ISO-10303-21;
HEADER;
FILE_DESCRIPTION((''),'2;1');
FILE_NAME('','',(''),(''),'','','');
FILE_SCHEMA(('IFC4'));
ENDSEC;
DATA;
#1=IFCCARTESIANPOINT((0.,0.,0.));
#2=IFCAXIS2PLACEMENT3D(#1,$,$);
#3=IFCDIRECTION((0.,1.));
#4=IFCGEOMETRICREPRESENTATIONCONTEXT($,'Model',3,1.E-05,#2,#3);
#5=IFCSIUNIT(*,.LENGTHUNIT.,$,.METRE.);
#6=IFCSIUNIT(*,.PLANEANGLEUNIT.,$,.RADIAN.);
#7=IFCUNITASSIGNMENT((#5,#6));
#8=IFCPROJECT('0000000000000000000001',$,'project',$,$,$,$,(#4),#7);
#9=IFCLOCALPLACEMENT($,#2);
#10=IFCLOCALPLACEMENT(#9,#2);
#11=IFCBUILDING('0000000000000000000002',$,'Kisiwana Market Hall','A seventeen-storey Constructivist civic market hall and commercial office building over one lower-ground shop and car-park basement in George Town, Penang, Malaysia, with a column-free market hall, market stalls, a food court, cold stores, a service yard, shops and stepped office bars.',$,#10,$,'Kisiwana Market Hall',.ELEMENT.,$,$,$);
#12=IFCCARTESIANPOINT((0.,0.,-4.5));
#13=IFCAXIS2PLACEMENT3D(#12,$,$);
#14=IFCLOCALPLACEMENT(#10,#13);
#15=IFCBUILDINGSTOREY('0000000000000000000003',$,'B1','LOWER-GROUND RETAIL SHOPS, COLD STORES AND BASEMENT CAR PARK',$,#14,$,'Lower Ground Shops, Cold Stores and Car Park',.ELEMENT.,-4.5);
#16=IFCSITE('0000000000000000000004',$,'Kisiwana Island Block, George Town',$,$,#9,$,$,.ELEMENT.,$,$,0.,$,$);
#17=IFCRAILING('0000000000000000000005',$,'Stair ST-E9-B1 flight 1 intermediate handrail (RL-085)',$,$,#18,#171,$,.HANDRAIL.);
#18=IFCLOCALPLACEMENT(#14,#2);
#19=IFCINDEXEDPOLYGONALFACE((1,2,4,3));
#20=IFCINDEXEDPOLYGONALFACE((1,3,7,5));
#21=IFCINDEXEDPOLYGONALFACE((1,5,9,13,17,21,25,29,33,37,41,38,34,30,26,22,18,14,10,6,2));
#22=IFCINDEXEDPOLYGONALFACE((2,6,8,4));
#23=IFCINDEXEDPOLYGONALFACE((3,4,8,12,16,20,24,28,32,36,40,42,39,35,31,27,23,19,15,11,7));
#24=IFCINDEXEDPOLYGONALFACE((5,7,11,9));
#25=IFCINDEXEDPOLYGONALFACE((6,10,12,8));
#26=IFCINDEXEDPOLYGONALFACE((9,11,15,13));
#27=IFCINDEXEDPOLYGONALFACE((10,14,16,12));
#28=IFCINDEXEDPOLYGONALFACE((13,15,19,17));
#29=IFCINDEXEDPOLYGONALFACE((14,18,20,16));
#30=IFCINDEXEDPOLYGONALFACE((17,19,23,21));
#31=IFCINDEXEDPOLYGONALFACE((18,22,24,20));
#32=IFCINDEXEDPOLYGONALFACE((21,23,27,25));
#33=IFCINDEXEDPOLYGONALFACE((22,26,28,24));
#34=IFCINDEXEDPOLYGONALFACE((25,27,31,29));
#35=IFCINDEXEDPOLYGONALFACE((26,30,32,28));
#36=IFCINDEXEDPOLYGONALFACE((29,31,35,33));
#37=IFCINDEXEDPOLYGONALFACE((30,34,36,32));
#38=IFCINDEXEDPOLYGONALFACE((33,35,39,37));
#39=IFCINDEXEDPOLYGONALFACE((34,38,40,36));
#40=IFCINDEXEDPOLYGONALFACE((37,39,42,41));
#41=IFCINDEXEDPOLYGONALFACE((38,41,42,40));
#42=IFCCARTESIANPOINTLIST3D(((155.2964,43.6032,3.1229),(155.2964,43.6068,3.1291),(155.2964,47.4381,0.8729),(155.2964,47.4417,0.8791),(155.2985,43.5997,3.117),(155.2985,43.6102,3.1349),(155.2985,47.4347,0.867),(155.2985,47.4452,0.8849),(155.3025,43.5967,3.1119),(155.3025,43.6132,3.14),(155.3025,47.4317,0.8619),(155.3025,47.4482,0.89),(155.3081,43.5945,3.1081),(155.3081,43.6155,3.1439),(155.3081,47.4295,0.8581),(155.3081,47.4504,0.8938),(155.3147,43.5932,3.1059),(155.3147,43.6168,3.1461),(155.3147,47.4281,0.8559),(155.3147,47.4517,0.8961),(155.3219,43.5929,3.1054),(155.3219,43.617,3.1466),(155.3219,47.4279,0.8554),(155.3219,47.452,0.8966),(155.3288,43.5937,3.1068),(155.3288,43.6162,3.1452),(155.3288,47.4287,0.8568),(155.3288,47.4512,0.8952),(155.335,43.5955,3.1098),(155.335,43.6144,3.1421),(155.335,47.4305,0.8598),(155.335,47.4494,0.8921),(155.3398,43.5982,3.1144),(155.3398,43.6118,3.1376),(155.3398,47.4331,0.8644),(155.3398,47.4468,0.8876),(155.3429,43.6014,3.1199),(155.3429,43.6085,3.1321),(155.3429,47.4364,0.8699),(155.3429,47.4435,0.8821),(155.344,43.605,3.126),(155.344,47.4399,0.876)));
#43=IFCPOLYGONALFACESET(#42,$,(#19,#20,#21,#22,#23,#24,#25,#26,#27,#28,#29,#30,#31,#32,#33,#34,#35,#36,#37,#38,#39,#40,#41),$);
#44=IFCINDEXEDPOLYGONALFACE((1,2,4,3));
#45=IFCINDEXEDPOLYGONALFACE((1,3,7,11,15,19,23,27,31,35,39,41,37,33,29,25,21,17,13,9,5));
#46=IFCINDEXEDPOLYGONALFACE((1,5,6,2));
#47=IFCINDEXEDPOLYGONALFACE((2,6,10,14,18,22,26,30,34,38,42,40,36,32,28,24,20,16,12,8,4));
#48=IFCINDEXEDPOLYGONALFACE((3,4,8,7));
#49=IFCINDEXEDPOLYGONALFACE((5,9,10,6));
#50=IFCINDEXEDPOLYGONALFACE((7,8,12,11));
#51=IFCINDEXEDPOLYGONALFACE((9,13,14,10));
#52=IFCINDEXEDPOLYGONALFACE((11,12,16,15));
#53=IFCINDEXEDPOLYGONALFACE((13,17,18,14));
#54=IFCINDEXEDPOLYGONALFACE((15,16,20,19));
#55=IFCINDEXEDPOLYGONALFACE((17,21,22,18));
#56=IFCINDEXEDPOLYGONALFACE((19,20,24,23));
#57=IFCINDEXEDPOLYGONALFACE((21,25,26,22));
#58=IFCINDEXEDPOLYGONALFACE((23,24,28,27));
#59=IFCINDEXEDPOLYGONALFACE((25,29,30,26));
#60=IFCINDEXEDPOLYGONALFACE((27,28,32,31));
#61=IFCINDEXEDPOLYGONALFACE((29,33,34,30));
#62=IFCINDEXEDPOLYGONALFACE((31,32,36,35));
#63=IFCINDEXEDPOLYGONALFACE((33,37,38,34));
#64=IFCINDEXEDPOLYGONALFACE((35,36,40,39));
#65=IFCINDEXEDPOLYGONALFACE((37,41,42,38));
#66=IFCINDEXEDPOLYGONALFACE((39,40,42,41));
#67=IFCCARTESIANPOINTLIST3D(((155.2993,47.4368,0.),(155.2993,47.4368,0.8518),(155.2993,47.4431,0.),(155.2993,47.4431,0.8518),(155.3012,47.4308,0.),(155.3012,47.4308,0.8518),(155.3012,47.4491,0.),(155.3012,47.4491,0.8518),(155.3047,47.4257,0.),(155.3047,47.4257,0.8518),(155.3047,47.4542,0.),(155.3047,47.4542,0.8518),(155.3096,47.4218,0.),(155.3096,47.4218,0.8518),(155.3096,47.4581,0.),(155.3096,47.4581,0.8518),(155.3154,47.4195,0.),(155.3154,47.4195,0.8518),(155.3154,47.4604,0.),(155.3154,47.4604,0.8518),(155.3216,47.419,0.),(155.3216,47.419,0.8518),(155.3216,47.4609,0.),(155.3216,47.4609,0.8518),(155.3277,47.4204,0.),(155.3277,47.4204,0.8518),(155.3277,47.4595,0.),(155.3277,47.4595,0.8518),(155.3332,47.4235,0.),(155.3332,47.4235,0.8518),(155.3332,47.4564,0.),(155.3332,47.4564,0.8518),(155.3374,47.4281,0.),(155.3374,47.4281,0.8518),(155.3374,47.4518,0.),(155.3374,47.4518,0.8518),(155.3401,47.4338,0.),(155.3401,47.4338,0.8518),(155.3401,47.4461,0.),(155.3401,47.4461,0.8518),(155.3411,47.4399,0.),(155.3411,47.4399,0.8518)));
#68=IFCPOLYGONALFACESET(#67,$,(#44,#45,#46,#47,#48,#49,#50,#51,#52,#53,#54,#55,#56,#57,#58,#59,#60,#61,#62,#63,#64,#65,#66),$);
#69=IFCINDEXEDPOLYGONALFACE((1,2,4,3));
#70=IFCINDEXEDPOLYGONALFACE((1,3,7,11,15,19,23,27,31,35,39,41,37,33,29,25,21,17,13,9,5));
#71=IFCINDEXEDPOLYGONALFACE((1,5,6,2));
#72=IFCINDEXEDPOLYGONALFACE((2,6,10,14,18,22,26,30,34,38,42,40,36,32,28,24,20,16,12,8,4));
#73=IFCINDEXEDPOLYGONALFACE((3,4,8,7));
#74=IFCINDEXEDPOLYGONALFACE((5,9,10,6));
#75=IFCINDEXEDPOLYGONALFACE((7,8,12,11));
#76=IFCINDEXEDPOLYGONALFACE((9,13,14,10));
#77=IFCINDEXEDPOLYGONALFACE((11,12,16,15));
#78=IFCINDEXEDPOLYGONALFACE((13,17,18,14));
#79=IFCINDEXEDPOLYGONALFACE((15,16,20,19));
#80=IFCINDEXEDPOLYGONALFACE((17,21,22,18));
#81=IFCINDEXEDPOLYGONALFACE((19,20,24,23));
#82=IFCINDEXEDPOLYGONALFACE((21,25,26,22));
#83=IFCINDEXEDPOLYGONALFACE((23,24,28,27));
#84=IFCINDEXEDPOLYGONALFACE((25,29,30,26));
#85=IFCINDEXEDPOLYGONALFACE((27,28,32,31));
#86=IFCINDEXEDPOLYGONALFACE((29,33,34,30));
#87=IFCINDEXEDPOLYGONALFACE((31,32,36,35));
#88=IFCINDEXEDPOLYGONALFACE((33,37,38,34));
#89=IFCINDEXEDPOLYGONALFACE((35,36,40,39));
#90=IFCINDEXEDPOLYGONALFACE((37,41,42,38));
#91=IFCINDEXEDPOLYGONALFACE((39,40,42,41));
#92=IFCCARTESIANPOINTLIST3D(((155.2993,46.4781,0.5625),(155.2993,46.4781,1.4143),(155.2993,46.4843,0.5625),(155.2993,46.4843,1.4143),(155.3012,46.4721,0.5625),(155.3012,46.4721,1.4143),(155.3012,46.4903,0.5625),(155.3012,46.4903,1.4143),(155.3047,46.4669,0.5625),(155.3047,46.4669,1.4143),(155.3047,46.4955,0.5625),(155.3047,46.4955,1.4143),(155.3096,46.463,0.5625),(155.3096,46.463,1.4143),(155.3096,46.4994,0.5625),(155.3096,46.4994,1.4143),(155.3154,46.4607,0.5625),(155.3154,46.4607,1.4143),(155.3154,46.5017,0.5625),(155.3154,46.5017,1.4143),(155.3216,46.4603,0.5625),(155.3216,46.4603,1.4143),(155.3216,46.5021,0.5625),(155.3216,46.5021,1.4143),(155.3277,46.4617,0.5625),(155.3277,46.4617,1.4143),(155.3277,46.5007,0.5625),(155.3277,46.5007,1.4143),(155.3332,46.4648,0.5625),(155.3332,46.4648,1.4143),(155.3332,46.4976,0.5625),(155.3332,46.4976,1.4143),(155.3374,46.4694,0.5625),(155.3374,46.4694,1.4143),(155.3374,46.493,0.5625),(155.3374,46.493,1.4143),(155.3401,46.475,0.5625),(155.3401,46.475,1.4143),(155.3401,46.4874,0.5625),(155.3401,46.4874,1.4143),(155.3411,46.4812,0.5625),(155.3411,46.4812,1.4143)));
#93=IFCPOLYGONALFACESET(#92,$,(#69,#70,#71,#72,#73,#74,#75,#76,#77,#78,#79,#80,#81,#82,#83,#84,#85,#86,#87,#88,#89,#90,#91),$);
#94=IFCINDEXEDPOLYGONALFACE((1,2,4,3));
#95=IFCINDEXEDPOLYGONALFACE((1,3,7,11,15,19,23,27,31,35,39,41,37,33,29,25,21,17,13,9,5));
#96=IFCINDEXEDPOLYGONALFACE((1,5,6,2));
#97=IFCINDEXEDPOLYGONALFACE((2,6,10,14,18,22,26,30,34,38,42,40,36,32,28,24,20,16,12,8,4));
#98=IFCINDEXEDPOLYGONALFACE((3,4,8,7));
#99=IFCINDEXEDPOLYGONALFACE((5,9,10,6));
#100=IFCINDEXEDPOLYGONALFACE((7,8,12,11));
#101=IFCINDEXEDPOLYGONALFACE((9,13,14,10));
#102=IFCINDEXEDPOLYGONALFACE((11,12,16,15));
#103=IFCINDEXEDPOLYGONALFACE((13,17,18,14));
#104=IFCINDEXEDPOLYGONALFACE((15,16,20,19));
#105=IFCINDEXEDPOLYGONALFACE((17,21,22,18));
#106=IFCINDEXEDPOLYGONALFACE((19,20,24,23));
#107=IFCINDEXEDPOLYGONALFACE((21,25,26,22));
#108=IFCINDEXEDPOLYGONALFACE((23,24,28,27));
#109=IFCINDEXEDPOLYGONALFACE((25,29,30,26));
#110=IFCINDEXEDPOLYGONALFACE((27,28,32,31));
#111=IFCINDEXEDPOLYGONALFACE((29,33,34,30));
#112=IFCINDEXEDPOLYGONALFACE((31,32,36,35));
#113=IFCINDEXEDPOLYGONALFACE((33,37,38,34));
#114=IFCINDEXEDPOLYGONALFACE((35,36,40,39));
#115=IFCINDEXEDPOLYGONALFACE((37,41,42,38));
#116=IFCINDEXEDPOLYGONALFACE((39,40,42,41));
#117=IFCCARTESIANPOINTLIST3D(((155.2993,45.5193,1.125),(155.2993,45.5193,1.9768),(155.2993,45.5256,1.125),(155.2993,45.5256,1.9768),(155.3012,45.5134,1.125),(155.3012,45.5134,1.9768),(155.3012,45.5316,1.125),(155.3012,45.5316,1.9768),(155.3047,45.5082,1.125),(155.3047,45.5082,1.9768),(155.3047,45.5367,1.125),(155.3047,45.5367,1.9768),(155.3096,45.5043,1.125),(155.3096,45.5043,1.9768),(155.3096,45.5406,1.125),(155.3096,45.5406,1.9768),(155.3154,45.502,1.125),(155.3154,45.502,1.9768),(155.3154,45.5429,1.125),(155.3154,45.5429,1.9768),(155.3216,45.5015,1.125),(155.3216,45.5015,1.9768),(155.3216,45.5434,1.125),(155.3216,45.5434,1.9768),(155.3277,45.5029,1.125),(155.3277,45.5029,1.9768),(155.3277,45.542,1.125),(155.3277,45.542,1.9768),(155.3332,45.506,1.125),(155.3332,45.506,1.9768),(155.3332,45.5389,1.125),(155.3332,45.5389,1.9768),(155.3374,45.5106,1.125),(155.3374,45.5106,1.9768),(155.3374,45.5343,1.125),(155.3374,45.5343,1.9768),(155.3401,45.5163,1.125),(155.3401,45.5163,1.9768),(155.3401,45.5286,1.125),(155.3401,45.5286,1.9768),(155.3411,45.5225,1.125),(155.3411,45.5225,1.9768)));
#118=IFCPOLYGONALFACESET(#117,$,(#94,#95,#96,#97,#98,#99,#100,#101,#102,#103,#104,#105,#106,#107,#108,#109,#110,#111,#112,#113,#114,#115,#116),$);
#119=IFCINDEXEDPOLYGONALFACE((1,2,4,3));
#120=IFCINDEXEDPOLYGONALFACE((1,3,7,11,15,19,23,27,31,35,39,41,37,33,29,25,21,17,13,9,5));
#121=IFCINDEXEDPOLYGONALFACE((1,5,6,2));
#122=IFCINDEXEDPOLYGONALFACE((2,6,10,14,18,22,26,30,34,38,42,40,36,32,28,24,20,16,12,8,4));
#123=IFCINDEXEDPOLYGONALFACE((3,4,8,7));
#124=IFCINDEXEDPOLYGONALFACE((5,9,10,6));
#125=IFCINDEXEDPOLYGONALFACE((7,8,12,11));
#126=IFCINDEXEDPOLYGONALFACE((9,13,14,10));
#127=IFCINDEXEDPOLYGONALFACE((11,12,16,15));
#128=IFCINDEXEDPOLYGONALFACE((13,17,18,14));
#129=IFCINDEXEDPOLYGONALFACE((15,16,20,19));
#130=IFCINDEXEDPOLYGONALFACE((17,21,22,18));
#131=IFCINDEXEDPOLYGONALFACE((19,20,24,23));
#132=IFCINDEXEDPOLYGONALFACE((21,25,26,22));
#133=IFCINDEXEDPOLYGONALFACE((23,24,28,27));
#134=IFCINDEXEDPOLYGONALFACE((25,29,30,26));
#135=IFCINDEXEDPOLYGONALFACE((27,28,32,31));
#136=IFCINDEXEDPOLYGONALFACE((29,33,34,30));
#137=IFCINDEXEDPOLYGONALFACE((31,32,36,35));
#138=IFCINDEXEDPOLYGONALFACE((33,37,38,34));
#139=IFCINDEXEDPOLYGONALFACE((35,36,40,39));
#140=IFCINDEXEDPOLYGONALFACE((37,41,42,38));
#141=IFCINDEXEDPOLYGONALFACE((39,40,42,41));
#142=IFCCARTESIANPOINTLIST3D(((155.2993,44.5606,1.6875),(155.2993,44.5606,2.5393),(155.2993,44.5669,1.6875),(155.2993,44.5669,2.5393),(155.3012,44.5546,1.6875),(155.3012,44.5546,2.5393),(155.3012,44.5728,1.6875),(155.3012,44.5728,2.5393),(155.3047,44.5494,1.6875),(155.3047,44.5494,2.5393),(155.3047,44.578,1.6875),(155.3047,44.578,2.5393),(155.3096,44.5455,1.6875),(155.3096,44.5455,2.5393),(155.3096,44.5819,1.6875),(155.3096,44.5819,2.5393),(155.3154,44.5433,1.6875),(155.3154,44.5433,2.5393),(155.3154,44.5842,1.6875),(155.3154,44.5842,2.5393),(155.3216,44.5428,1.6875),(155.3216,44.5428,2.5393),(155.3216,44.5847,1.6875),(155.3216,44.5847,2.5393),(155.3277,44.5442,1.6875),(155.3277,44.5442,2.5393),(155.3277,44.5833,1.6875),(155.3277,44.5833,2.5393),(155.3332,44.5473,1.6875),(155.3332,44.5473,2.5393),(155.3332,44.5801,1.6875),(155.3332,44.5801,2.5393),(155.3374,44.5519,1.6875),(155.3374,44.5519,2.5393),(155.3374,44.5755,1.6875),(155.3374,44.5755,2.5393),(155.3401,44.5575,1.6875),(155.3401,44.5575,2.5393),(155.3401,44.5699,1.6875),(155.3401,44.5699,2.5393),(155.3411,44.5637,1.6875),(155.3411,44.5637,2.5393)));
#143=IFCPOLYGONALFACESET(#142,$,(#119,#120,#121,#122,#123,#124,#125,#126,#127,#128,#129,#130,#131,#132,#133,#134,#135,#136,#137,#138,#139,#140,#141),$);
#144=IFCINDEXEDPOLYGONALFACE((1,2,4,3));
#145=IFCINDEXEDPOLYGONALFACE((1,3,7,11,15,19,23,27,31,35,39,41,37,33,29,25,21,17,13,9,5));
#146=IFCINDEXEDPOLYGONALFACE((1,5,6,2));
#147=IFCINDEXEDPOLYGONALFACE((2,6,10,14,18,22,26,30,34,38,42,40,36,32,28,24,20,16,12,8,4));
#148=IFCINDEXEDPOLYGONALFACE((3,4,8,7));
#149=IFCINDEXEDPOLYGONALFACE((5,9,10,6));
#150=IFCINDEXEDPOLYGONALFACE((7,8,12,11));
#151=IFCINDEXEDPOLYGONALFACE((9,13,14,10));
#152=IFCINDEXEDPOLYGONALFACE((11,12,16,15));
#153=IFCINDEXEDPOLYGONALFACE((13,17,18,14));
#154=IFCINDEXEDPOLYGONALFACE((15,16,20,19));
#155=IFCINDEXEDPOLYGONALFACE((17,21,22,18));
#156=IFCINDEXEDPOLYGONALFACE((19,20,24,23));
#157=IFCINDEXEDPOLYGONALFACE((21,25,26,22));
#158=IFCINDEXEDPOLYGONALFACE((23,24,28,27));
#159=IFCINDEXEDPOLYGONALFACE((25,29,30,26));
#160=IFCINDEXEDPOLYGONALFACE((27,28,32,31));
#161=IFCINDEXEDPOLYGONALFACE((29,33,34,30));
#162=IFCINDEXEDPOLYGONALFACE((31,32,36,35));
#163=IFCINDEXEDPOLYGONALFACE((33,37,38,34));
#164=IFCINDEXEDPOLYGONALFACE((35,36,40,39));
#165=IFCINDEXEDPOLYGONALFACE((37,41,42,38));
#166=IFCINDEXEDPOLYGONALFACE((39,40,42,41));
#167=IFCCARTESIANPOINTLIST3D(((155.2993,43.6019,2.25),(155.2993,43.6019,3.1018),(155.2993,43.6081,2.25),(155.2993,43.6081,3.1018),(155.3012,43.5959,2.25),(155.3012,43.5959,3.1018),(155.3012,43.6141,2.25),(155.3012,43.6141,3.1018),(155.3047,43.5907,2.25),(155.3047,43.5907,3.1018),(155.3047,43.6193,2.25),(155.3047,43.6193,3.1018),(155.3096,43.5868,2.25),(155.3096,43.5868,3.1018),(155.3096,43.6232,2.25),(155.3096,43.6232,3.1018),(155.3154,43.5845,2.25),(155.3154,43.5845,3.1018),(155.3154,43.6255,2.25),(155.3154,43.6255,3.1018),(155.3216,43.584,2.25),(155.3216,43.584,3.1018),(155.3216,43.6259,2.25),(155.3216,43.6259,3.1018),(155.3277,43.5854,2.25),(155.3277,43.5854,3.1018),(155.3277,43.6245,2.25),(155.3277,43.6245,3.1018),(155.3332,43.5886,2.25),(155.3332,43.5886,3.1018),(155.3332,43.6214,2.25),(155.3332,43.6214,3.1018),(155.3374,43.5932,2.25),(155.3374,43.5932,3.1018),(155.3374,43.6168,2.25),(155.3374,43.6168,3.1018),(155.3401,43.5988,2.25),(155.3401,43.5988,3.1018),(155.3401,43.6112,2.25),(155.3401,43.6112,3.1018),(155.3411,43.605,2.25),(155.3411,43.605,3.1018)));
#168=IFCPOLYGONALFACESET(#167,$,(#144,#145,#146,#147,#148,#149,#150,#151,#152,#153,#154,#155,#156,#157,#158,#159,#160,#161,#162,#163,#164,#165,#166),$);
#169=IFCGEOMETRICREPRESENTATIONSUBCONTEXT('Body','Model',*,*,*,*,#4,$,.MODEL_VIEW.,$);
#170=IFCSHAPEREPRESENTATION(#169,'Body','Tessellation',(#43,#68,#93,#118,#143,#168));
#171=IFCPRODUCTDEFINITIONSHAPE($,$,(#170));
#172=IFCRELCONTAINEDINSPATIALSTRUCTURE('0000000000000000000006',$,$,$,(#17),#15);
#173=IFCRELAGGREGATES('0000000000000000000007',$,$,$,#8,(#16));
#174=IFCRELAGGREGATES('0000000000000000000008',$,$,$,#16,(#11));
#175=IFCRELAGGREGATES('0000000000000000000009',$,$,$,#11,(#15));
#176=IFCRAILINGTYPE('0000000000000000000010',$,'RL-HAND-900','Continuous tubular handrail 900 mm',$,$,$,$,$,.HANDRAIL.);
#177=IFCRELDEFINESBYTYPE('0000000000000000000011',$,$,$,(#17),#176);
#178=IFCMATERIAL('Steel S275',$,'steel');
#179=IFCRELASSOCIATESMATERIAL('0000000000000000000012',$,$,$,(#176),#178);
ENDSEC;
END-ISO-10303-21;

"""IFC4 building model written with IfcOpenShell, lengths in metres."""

from ifc_helpers import new_model, si_unit, direction, frame, origin, origin_2d, place, context, subcontext, project, spatial, circle, extrude, material, type_object, element, save


model = new_model("IFC4")

# Units and contexts
model_context = context("Model", 3, precision=1e-05, world=origin(), true_north=direction((0.0, 1.0)))
body_context = subcontext(model_context, "Body", "Model", "MODEL_VIEW")
ifc_project = project(units=[si_unit("LENGTHUNIT", "METRE"), si_unit("PLANEANGLEUNIT", "RADIAN")], contexts=[model_context])

# Site, building, storey
site_placement = place(None, origin())
site = spatial("IfcSite", under=ifc_project, at=site_placement, Name="Kisiwana Island Block, George Town", CompositionType="ELEMENT", RefElevation=0.0)
building_placement = place(site_placement, origin())
building = spatial("IfcBuilding", under=site, at=building_placement, Name="Kisiwana Market Hall", Description="A seventeen-storey Constructivist civic market hall and commercial office building over one lower-ground shop and car-park basement in George Town, Penang, Malaysia, with a column-free market hall, market stalls, a food court, cold stores, a service yard, shops and stepped office bars.", LongName="Kisiwana Market Hall", CompositionType="ELEMENT")
storey_placement = place(building_placement, frame((0.0, 0.0, -4.5)))
storey = spatial("IfcBuildingStorey", under=building, at=storey_placement, Name="B1", Description="LOWER-GROUND RETAIL SHOPS, COLD STORES AND BASEMENT CAR PARK", LongName="Lower Ground Shops, Cold Stores and Car Park", CompositionType="ELEMENT", Elevation=-4.5)

# Railing
ifc_material_1 = material(Name="Steel S275", Category="steel")
railing_type_1 = type_object("IfcRailingType", Name="RL-HAND-900", Description="Continuous tubular handrail 900 mm", PredefinedType="HANDRAIL", material=ifc_material_1)
for number, where, name in (
    (1, (155.3201, 47.4399, 0.0), "Stair ST-E9-B1 flight 1 intermediate handrail (RL-085)"),
):
    element("IfcRailing", number, at=place(storey_placement, frame(where)), inside=storey, type_object=railing_type_1, Name=name, PredefinedType="HANDRAIL", context=body_context, shape_type="SweptSolid", body=[
        extrude(circle(Radius=0.0239, at=origin_2d()), frame((0.0, 0.0, 0.876), z_axis=(0.0, -0.86251, 0.506041), x_axis=(1.0, 0.0, 0.0)), (0.0, 0.0, 1.0), 4.4463),
        extrude(circle(Radius=0.021, at=origin_2d()), origin(), (0.0, 0.0, 1.0), 0.8518),
        extrude(circle(Radius=0.021, at=origin_2d()), frame((0.0, -0.9587, 0.5625)), (0.0, 0.0, 1.0), 0.8518),
        extrude(circle(Radius=0.021, at=origin_2d()), frame((0.0, -1.9175, 1.125)), (0.0, 0.0, 1.0), 0.8518),
        extrude(circle(Radius=0.021, at=origin_2d()), frame((0.0, -2.8762, 1.6875)), (0.0, 0.0, 1.0), 0.8518),
        extrude(circle(Radius=0.021, at=origin_2d()), frame((0.0, -3.835, 2.25)), (0.0, 0.0, 1.0), 0.8518),
    ])

save(model, "model.ifc")
